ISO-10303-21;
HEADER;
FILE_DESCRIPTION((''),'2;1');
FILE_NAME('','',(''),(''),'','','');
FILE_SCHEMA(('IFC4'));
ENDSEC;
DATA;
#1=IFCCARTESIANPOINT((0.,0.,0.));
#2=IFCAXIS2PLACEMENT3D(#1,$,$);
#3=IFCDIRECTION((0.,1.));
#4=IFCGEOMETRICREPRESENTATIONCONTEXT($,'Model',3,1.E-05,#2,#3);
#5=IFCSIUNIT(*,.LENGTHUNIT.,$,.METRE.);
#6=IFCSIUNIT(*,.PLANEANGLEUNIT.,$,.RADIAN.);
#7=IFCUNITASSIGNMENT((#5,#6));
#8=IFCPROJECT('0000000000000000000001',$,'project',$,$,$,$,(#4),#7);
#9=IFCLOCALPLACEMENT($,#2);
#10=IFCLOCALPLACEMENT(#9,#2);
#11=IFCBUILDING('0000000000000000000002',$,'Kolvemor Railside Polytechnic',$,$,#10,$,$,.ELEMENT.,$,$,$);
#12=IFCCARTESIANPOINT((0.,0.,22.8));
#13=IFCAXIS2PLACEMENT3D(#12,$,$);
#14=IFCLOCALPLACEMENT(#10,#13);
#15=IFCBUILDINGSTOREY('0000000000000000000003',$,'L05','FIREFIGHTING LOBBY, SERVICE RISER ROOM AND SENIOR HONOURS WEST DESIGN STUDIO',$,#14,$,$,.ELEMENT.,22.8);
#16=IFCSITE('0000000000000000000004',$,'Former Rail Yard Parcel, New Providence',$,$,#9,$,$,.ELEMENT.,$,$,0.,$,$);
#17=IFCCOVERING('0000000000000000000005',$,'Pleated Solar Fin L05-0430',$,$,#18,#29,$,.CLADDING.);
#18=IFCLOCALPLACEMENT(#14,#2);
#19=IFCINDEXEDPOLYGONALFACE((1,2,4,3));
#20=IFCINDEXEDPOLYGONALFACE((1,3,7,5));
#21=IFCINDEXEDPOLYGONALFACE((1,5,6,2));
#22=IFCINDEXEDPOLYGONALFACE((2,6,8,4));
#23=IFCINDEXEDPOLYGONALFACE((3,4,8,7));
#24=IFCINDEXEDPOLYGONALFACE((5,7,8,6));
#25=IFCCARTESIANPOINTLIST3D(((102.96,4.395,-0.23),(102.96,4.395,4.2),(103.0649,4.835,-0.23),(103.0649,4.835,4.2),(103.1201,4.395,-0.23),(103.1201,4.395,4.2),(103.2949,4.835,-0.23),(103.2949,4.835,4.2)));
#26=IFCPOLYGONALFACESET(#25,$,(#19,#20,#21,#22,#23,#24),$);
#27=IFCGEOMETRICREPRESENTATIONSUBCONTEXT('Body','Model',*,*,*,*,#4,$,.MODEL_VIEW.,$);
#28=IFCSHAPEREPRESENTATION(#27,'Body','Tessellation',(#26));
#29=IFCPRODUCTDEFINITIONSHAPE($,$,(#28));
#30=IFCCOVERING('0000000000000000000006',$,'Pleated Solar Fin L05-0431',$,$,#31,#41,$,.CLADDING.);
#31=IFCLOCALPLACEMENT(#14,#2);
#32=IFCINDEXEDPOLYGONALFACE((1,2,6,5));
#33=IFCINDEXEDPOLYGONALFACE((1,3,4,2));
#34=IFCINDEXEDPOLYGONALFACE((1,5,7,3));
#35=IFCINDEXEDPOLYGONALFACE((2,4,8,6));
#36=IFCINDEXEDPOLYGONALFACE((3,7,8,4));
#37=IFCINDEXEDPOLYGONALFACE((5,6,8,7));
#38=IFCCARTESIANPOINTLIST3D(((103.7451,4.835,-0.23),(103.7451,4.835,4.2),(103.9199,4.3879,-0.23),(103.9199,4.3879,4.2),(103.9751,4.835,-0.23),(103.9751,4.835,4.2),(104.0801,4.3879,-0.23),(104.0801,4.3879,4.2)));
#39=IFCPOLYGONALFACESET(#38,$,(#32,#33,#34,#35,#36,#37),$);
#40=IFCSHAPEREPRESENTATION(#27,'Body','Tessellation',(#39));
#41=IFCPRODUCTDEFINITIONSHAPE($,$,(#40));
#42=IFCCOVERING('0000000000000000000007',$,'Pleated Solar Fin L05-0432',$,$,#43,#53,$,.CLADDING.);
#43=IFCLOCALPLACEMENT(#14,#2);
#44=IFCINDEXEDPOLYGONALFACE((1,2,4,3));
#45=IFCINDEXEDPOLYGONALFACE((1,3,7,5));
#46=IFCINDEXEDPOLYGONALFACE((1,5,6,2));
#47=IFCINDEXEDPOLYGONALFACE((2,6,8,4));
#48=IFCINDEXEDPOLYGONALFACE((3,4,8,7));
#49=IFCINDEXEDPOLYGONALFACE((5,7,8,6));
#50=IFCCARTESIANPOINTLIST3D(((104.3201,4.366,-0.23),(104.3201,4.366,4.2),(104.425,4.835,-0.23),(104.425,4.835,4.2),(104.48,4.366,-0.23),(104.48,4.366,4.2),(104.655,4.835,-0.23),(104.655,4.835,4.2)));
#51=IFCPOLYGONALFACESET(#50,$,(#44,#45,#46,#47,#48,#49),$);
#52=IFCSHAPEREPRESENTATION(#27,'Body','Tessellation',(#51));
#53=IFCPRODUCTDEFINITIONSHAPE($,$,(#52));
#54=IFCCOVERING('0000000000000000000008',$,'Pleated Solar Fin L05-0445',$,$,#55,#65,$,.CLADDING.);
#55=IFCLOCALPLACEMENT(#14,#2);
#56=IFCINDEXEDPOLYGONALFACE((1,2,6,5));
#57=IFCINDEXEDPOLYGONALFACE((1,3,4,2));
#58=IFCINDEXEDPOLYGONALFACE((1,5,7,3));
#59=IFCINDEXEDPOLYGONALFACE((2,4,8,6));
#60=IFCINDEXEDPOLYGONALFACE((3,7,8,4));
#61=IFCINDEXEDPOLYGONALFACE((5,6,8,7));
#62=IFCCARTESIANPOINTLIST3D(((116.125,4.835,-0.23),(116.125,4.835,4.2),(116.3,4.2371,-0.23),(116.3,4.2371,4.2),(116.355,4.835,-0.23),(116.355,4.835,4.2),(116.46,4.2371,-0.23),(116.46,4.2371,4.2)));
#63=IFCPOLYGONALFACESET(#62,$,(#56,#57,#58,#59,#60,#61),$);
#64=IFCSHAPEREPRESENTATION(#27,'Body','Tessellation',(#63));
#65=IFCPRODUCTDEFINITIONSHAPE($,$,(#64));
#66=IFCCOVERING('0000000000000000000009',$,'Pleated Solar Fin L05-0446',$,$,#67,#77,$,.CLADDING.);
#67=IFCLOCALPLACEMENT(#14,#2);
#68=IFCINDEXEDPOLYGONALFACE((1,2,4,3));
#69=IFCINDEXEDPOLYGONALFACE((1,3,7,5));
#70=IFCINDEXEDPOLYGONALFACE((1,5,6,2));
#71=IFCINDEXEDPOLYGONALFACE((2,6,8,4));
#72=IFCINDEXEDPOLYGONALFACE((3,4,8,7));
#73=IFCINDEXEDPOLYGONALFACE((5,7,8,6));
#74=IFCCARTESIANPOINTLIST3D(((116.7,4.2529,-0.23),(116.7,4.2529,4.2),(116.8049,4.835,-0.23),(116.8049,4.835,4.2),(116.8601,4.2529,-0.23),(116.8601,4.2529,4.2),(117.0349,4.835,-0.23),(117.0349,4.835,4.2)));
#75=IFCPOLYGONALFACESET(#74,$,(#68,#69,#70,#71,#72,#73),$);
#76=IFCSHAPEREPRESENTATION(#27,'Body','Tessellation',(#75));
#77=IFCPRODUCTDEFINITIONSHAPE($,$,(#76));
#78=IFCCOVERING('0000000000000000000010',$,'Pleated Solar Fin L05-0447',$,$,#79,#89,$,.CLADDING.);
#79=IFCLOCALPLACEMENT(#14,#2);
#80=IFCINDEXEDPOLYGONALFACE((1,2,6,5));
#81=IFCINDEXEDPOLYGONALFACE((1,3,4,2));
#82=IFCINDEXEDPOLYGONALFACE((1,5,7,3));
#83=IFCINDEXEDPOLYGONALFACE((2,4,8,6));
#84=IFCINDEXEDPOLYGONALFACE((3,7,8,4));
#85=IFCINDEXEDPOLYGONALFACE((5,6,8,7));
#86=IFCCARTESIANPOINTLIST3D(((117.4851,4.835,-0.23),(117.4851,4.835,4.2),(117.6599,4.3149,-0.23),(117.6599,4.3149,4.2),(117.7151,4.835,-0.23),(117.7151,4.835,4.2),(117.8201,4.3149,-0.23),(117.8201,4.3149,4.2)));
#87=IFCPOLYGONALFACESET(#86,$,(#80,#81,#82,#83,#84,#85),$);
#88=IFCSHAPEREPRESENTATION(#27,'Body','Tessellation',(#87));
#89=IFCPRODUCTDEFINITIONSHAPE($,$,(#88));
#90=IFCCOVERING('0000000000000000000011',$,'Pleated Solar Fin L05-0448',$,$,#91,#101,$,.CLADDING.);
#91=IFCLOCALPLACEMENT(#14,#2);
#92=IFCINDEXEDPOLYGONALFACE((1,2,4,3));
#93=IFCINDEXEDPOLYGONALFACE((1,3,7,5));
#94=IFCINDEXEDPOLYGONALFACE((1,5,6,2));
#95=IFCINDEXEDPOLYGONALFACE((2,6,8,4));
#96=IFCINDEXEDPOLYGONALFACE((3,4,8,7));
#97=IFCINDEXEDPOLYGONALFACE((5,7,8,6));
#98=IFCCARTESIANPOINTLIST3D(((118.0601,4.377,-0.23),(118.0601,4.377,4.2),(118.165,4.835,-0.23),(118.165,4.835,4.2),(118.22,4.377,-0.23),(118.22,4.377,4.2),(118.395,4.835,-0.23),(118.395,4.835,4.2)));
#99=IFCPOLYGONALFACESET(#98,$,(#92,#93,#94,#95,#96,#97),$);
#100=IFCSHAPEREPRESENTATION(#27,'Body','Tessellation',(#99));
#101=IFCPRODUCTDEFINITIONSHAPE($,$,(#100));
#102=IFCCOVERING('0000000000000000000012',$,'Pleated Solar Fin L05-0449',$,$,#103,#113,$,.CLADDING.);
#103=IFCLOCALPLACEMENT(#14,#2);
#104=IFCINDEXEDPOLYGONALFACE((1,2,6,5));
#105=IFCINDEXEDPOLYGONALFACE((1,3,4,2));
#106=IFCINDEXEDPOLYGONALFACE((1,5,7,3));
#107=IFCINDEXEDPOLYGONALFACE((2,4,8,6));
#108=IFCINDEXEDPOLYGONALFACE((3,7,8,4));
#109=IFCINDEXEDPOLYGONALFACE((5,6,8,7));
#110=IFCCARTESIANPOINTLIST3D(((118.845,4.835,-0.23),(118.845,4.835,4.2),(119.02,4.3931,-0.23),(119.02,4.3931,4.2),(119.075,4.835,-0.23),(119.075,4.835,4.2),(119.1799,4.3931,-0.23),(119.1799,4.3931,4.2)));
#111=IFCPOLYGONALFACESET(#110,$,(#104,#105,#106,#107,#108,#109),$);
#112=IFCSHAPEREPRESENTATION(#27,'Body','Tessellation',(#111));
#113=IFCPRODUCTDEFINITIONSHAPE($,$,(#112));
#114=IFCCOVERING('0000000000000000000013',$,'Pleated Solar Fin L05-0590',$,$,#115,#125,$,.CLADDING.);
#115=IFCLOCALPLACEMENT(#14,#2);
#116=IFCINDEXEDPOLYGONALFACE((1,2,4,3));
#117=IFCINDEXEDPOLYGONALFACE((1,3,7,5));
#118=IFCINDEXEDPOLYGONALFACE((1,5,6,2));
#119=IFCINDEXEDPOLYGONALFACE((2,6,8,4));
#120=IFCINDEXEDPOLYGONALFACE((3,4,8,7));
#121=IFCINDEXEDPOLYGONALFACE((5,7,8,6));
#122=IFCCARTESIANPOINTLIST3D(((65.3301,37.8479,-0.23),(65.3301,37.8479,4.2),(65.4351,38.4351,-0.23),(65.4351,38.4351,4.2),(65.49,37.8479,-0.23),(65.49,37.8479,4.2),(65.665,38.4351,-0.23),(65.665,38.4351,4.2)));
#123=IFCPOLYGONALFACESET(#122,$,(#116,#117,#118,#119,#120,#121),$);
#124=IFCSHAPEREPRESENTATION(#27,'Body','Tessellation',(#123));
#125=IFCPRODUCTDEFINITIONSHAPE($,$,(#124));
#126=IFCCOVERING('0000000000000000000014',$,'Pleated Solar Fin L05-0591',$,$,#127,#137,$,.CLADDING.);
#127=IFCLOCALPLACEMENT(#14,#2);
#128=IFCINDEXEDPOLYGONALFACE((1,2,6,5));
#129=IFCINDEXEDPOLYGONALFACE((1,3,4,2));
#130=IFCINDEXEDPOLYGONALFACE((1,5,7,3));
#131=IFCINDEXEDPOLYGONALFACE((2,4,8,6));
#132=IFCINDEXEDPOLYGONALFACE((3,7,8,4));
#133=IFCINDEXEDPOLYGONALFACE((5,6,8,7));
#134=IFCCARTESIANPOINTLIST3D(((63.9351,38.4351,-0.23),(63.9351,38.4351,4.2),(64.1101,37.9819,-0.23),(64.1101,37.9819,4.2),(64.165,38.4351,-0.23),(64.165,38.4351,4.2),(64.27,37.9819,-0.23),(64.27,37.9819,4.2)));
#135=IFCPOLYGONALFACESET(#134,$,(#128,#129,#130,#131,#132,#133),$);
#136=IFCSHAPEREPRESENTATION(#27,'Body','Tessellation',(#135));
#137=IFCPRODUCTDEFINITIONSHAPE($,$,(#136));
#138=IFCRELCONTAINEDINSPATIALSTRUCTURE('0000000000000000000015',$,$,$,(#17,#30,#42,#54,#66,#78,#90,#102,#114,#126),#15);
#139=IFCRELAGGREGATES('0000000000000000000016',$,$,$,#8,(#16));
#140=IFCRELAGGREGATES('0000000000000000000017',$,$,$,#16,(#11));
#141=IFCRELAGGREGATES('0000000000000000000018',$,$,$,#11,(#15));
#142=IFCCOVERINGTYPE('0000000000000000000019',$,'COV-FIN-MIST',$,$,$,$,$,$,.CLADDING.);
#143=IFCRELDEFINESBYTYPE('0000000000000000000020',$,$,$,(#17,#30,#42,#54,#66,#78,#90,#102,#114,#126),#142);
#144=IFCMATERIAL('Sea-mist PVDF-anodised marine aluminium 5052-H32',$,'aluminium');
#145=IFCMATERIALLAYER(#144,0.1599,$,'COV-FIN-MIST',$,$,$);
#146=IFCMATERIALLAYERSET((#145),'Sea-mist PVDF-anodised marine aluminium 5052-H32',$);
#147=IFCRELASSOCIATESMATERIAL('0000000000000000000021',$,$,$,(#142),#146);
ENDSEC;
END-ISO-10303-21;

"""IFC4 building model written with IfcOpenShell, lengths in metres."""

from ifc_helpers import new_model, si_unit, direction, frame, origin, place, context, subcontext, project, spatial, polyline, outline, extrude, material, layer, layer_set, type_object, element, save


model = new_model("IFC4")

# Units and contexts
model_context = context("Model", 3, precision=1e-05, world=origin(), true_north=direction((0.0, 1.0)))
body_context = subcontext(model_context, "Body", "Model", "MODEL_VIEW")
ifc_project = project(units=[si_unit("LENGTHUNIT", "METRE"), si_unit("PLANEANGLEUNIT", "RADIAN")], contexts=[model_context])

# Site, building, storey
site_placement = place(None, origin())
site = spatial("IfcSite", under=ifc_project, at=site_placement, Name="Former Rail Yard Parcel, New Providence", CompositionType="ELEMENT", RefElevation=0.0)
building_placement = place(site_placement, origin())
building = spatial("IfcBuilding", under=site, at=building_placement, Name="Kolvemor Railside Polytechnic", CompositionType="ELEMENT")
storey_placement = place(building_placement, frame((0.0, 0.0, 22.8)))
storey = spatial("IfcBuildingStorey", under=building, at=storey_placement, Name="L05", Description="FIREFIGHTING LOBBY, SERVICE RISER ROOM AND SENIOR HONOURS WEST DESIGN STUDIO", CompositionType="ELEMENT", Elevation=22.8)

# Coverings
ifc_material_1 = material(Name="Sea-mist PVDF-anodised marine aluminium 5052-H32", Category="aluminium")
ifc_layer_1 = layer(ifc_material_1, 0.1599, Name="COV-FIN-MIST")
ifc_layer_set_1 = layer_set([ifc_layer_1], Name="Sea-mist PVDF-anodised marine aluminium 5052-H32")
covering_type_1 = type_object("IfcCoveringType", Name="COV-FIN-MIST", PredefinedType="CLADDING", material=ifc_layer_set_1)
covering_1_placement = place(storey_placement, frame((0.0, 0.0, -0.23)))
element("IfcCovering", 1, at=covering_1_placement, inside=storey, type_object=covering_type_1, Name="Pleated Solar Fin L05-0430", PredefinedType="CLADDING", context=body_context, shape_type="SweptSolid", body=[
    extrude(outline(polyline([(103.0649, 4.835), (103.2949, 4.835), (103.1201, 4.395), (102.96, 4.395), (103.0649, 4.835)])), origin(), (0.0, 0.0, 1.0), 4.4299),
])
covering_2_placement = place(storey_placement, frame((0.0, 0.0, -0.23)))
element("IfcCovering", 2, at=covering_2_placement, inside=storey, type_object=covering_type_1, Name="Pleated Solar Fin L05-0431", PredefinedType="CLADDING", context=body_context, shape_type="SweptSolid", body=[
    extrude(outline(polyline([(103.7451, 4.835), (103.9751, 4.835), (104.0801, 4.3879), (103.9199, 4.3879), (103.7451, 4.835)])), origin(), (0.0, 0.0, 1.0), 4.4299),
])
covering_3_placement = place(storey_placement, frame((0.0, 0.0, -0.23)))
element("IfcCovering", 3, at=covering_3_placement, inside=storey, type_object=covering_type_1, Name="Pleated Solar Fin L05-0432", PredefinedType="CLADDING", context=body_context, shape_type="SweptSolid", body=[
    extrude(outline(polyline([(104.425, 4.835), (104.655, 4.835), (104.48, 4.366), (104.3201, 4.366), (104.425, 4.835)])), origin(), (0.0, 0.0, 1.0), 4.4299),
])
covering_4_placement = place(storey_placement, frame((0.0, 0.0, -0.23)))
element("IfcCovering", 4, at=covering_4_placement, inside=storey, type_object=covering_type_1, Name="Pleated Solar Fin L05-0445", PredefinedType="CLADDING", context=body_context, shape_type="SweptSolid", body=[
    extrude(outline(polyline([(116.125, 4.835), (116.355, 4.835), (116.46, 4.2371), (116.3, 4.2371), (116.125, 4.835)])), origin(), (0.0, 0.0, 1.0), 4.4299),
])
covering_5_placement = place(storey_placement, frame((0.0, 0.0, -0.23)))
element("IfcCovering", 5, at=covering_5_placement, inside=storey, type_object=covering_type_1, Name="Pleated Solar Fin L05-0446", PredefinedType="CLADDING", context=body_context, shape_type="SweptSolid", body=[
    extrude(outline(polyline([(116.8049, 4.835), (117.0349, 4.835), (116.8601, 4.2529), (116.7, 4.2529), (116.8049, 4.835)])), origin(), (0.0, 0.0, 1.0), 4.4299),
])
covering_6_placement = place(storey_placement, frame((0.0, 0.0, -0.23)))
element("IfcCovering", 6, at=covering_6_placement, inside=storey, type_object=covering_type_1, Name="Pleated Solar Fin L05-0447", PredefinedType="CLADDING", context=body_context, shape_type="SweptSolid", body=[
    extrude(outline(polyline([(117.4851, 4.835), (117.7151, 4.835), (117.8201, 4.3149), (117.6599, 4.3149), (117.4851, 4.835)])), origin(), (0.0, 0.0, 1.0), 4.4299),
])
covering_7_placement = place(storey_placement, frame((0.0, 0.0, -0.23)))
element("IfcCovering", 7, at=covering_7_placement, inside=storey, type_object=covering_type_1, Name="Pleated Solar Fin L05-0448", PredefinedType="CLADDING", context=body_context, shape_type="SweptSolid", body=[
    extrude(outline(polyline([(118.165, 4.835), (118.395, 4.835), (118.22, 4.377), (118.0601, 4.377), (118.165, 4.835)])), origin(), (0.0, 0.0, 1.0), 4.4299),
])
covering_8_placement = place(storey_placement, frame((0.0, 0.0, -0.23)))
element("IfcCovering", 8, at=covering_8_placement, inside=storey, type_object=covering_type_1, Name="Pleated Solar Fin L05-0449", PredefinedType="CLADDING", context=body_context, shape_type="SweptSolid", body=[
    extrude(outline(polyline([(118.845, 4.835), (119.075, 4.835), (119.1799, 4.3931), (119.02, 4.3931), (118.845, 4.835)])), origin(), (0.0, 0.0, 1.0), 4.4299),
])
covering_9_placement = place(storey_placement, frame((0.0, 0.0, -0.23)))
element("IfcCovering", 9, at=covering_9_placement, inside=storey, type_object=covering_type_1, Name="Pleated Solar Fin L05-0590", PredefinedType="CLADDING", context=body_context, shape_type="SweptSolid", body=[
    extrude(outline(polyline([(65.665, 38.4351), (65.4351, 38.4351), (65.3301, 37.8479), (65.49, 37.8479), (65.665, 38.4351)])), origin(), (0.0, 0.0, 1.0), 4.4299),
])
covering_10_placement = place(storey_placement, frame((0.0, 0.0, -0.23)))
element("IfcCovering", 10, at=covering_10_placement, inside=storey, type_object=covering_type_1, Name="Pleated Solar Fin L05-0591", PredefinedType="CLADDING", context=body_context, shape_type="SweptSolid", body=[
    extrude(outline(polyline([(64.165, 38.4351), (63.9351, 38.4351), (64.1101, 37.9819), (64.27, 37.9819), (64.165, 38.4351)])), origin(), (0.0, 0.0, 1.0), 4.4299),
])

save(model, "model.ifc")
